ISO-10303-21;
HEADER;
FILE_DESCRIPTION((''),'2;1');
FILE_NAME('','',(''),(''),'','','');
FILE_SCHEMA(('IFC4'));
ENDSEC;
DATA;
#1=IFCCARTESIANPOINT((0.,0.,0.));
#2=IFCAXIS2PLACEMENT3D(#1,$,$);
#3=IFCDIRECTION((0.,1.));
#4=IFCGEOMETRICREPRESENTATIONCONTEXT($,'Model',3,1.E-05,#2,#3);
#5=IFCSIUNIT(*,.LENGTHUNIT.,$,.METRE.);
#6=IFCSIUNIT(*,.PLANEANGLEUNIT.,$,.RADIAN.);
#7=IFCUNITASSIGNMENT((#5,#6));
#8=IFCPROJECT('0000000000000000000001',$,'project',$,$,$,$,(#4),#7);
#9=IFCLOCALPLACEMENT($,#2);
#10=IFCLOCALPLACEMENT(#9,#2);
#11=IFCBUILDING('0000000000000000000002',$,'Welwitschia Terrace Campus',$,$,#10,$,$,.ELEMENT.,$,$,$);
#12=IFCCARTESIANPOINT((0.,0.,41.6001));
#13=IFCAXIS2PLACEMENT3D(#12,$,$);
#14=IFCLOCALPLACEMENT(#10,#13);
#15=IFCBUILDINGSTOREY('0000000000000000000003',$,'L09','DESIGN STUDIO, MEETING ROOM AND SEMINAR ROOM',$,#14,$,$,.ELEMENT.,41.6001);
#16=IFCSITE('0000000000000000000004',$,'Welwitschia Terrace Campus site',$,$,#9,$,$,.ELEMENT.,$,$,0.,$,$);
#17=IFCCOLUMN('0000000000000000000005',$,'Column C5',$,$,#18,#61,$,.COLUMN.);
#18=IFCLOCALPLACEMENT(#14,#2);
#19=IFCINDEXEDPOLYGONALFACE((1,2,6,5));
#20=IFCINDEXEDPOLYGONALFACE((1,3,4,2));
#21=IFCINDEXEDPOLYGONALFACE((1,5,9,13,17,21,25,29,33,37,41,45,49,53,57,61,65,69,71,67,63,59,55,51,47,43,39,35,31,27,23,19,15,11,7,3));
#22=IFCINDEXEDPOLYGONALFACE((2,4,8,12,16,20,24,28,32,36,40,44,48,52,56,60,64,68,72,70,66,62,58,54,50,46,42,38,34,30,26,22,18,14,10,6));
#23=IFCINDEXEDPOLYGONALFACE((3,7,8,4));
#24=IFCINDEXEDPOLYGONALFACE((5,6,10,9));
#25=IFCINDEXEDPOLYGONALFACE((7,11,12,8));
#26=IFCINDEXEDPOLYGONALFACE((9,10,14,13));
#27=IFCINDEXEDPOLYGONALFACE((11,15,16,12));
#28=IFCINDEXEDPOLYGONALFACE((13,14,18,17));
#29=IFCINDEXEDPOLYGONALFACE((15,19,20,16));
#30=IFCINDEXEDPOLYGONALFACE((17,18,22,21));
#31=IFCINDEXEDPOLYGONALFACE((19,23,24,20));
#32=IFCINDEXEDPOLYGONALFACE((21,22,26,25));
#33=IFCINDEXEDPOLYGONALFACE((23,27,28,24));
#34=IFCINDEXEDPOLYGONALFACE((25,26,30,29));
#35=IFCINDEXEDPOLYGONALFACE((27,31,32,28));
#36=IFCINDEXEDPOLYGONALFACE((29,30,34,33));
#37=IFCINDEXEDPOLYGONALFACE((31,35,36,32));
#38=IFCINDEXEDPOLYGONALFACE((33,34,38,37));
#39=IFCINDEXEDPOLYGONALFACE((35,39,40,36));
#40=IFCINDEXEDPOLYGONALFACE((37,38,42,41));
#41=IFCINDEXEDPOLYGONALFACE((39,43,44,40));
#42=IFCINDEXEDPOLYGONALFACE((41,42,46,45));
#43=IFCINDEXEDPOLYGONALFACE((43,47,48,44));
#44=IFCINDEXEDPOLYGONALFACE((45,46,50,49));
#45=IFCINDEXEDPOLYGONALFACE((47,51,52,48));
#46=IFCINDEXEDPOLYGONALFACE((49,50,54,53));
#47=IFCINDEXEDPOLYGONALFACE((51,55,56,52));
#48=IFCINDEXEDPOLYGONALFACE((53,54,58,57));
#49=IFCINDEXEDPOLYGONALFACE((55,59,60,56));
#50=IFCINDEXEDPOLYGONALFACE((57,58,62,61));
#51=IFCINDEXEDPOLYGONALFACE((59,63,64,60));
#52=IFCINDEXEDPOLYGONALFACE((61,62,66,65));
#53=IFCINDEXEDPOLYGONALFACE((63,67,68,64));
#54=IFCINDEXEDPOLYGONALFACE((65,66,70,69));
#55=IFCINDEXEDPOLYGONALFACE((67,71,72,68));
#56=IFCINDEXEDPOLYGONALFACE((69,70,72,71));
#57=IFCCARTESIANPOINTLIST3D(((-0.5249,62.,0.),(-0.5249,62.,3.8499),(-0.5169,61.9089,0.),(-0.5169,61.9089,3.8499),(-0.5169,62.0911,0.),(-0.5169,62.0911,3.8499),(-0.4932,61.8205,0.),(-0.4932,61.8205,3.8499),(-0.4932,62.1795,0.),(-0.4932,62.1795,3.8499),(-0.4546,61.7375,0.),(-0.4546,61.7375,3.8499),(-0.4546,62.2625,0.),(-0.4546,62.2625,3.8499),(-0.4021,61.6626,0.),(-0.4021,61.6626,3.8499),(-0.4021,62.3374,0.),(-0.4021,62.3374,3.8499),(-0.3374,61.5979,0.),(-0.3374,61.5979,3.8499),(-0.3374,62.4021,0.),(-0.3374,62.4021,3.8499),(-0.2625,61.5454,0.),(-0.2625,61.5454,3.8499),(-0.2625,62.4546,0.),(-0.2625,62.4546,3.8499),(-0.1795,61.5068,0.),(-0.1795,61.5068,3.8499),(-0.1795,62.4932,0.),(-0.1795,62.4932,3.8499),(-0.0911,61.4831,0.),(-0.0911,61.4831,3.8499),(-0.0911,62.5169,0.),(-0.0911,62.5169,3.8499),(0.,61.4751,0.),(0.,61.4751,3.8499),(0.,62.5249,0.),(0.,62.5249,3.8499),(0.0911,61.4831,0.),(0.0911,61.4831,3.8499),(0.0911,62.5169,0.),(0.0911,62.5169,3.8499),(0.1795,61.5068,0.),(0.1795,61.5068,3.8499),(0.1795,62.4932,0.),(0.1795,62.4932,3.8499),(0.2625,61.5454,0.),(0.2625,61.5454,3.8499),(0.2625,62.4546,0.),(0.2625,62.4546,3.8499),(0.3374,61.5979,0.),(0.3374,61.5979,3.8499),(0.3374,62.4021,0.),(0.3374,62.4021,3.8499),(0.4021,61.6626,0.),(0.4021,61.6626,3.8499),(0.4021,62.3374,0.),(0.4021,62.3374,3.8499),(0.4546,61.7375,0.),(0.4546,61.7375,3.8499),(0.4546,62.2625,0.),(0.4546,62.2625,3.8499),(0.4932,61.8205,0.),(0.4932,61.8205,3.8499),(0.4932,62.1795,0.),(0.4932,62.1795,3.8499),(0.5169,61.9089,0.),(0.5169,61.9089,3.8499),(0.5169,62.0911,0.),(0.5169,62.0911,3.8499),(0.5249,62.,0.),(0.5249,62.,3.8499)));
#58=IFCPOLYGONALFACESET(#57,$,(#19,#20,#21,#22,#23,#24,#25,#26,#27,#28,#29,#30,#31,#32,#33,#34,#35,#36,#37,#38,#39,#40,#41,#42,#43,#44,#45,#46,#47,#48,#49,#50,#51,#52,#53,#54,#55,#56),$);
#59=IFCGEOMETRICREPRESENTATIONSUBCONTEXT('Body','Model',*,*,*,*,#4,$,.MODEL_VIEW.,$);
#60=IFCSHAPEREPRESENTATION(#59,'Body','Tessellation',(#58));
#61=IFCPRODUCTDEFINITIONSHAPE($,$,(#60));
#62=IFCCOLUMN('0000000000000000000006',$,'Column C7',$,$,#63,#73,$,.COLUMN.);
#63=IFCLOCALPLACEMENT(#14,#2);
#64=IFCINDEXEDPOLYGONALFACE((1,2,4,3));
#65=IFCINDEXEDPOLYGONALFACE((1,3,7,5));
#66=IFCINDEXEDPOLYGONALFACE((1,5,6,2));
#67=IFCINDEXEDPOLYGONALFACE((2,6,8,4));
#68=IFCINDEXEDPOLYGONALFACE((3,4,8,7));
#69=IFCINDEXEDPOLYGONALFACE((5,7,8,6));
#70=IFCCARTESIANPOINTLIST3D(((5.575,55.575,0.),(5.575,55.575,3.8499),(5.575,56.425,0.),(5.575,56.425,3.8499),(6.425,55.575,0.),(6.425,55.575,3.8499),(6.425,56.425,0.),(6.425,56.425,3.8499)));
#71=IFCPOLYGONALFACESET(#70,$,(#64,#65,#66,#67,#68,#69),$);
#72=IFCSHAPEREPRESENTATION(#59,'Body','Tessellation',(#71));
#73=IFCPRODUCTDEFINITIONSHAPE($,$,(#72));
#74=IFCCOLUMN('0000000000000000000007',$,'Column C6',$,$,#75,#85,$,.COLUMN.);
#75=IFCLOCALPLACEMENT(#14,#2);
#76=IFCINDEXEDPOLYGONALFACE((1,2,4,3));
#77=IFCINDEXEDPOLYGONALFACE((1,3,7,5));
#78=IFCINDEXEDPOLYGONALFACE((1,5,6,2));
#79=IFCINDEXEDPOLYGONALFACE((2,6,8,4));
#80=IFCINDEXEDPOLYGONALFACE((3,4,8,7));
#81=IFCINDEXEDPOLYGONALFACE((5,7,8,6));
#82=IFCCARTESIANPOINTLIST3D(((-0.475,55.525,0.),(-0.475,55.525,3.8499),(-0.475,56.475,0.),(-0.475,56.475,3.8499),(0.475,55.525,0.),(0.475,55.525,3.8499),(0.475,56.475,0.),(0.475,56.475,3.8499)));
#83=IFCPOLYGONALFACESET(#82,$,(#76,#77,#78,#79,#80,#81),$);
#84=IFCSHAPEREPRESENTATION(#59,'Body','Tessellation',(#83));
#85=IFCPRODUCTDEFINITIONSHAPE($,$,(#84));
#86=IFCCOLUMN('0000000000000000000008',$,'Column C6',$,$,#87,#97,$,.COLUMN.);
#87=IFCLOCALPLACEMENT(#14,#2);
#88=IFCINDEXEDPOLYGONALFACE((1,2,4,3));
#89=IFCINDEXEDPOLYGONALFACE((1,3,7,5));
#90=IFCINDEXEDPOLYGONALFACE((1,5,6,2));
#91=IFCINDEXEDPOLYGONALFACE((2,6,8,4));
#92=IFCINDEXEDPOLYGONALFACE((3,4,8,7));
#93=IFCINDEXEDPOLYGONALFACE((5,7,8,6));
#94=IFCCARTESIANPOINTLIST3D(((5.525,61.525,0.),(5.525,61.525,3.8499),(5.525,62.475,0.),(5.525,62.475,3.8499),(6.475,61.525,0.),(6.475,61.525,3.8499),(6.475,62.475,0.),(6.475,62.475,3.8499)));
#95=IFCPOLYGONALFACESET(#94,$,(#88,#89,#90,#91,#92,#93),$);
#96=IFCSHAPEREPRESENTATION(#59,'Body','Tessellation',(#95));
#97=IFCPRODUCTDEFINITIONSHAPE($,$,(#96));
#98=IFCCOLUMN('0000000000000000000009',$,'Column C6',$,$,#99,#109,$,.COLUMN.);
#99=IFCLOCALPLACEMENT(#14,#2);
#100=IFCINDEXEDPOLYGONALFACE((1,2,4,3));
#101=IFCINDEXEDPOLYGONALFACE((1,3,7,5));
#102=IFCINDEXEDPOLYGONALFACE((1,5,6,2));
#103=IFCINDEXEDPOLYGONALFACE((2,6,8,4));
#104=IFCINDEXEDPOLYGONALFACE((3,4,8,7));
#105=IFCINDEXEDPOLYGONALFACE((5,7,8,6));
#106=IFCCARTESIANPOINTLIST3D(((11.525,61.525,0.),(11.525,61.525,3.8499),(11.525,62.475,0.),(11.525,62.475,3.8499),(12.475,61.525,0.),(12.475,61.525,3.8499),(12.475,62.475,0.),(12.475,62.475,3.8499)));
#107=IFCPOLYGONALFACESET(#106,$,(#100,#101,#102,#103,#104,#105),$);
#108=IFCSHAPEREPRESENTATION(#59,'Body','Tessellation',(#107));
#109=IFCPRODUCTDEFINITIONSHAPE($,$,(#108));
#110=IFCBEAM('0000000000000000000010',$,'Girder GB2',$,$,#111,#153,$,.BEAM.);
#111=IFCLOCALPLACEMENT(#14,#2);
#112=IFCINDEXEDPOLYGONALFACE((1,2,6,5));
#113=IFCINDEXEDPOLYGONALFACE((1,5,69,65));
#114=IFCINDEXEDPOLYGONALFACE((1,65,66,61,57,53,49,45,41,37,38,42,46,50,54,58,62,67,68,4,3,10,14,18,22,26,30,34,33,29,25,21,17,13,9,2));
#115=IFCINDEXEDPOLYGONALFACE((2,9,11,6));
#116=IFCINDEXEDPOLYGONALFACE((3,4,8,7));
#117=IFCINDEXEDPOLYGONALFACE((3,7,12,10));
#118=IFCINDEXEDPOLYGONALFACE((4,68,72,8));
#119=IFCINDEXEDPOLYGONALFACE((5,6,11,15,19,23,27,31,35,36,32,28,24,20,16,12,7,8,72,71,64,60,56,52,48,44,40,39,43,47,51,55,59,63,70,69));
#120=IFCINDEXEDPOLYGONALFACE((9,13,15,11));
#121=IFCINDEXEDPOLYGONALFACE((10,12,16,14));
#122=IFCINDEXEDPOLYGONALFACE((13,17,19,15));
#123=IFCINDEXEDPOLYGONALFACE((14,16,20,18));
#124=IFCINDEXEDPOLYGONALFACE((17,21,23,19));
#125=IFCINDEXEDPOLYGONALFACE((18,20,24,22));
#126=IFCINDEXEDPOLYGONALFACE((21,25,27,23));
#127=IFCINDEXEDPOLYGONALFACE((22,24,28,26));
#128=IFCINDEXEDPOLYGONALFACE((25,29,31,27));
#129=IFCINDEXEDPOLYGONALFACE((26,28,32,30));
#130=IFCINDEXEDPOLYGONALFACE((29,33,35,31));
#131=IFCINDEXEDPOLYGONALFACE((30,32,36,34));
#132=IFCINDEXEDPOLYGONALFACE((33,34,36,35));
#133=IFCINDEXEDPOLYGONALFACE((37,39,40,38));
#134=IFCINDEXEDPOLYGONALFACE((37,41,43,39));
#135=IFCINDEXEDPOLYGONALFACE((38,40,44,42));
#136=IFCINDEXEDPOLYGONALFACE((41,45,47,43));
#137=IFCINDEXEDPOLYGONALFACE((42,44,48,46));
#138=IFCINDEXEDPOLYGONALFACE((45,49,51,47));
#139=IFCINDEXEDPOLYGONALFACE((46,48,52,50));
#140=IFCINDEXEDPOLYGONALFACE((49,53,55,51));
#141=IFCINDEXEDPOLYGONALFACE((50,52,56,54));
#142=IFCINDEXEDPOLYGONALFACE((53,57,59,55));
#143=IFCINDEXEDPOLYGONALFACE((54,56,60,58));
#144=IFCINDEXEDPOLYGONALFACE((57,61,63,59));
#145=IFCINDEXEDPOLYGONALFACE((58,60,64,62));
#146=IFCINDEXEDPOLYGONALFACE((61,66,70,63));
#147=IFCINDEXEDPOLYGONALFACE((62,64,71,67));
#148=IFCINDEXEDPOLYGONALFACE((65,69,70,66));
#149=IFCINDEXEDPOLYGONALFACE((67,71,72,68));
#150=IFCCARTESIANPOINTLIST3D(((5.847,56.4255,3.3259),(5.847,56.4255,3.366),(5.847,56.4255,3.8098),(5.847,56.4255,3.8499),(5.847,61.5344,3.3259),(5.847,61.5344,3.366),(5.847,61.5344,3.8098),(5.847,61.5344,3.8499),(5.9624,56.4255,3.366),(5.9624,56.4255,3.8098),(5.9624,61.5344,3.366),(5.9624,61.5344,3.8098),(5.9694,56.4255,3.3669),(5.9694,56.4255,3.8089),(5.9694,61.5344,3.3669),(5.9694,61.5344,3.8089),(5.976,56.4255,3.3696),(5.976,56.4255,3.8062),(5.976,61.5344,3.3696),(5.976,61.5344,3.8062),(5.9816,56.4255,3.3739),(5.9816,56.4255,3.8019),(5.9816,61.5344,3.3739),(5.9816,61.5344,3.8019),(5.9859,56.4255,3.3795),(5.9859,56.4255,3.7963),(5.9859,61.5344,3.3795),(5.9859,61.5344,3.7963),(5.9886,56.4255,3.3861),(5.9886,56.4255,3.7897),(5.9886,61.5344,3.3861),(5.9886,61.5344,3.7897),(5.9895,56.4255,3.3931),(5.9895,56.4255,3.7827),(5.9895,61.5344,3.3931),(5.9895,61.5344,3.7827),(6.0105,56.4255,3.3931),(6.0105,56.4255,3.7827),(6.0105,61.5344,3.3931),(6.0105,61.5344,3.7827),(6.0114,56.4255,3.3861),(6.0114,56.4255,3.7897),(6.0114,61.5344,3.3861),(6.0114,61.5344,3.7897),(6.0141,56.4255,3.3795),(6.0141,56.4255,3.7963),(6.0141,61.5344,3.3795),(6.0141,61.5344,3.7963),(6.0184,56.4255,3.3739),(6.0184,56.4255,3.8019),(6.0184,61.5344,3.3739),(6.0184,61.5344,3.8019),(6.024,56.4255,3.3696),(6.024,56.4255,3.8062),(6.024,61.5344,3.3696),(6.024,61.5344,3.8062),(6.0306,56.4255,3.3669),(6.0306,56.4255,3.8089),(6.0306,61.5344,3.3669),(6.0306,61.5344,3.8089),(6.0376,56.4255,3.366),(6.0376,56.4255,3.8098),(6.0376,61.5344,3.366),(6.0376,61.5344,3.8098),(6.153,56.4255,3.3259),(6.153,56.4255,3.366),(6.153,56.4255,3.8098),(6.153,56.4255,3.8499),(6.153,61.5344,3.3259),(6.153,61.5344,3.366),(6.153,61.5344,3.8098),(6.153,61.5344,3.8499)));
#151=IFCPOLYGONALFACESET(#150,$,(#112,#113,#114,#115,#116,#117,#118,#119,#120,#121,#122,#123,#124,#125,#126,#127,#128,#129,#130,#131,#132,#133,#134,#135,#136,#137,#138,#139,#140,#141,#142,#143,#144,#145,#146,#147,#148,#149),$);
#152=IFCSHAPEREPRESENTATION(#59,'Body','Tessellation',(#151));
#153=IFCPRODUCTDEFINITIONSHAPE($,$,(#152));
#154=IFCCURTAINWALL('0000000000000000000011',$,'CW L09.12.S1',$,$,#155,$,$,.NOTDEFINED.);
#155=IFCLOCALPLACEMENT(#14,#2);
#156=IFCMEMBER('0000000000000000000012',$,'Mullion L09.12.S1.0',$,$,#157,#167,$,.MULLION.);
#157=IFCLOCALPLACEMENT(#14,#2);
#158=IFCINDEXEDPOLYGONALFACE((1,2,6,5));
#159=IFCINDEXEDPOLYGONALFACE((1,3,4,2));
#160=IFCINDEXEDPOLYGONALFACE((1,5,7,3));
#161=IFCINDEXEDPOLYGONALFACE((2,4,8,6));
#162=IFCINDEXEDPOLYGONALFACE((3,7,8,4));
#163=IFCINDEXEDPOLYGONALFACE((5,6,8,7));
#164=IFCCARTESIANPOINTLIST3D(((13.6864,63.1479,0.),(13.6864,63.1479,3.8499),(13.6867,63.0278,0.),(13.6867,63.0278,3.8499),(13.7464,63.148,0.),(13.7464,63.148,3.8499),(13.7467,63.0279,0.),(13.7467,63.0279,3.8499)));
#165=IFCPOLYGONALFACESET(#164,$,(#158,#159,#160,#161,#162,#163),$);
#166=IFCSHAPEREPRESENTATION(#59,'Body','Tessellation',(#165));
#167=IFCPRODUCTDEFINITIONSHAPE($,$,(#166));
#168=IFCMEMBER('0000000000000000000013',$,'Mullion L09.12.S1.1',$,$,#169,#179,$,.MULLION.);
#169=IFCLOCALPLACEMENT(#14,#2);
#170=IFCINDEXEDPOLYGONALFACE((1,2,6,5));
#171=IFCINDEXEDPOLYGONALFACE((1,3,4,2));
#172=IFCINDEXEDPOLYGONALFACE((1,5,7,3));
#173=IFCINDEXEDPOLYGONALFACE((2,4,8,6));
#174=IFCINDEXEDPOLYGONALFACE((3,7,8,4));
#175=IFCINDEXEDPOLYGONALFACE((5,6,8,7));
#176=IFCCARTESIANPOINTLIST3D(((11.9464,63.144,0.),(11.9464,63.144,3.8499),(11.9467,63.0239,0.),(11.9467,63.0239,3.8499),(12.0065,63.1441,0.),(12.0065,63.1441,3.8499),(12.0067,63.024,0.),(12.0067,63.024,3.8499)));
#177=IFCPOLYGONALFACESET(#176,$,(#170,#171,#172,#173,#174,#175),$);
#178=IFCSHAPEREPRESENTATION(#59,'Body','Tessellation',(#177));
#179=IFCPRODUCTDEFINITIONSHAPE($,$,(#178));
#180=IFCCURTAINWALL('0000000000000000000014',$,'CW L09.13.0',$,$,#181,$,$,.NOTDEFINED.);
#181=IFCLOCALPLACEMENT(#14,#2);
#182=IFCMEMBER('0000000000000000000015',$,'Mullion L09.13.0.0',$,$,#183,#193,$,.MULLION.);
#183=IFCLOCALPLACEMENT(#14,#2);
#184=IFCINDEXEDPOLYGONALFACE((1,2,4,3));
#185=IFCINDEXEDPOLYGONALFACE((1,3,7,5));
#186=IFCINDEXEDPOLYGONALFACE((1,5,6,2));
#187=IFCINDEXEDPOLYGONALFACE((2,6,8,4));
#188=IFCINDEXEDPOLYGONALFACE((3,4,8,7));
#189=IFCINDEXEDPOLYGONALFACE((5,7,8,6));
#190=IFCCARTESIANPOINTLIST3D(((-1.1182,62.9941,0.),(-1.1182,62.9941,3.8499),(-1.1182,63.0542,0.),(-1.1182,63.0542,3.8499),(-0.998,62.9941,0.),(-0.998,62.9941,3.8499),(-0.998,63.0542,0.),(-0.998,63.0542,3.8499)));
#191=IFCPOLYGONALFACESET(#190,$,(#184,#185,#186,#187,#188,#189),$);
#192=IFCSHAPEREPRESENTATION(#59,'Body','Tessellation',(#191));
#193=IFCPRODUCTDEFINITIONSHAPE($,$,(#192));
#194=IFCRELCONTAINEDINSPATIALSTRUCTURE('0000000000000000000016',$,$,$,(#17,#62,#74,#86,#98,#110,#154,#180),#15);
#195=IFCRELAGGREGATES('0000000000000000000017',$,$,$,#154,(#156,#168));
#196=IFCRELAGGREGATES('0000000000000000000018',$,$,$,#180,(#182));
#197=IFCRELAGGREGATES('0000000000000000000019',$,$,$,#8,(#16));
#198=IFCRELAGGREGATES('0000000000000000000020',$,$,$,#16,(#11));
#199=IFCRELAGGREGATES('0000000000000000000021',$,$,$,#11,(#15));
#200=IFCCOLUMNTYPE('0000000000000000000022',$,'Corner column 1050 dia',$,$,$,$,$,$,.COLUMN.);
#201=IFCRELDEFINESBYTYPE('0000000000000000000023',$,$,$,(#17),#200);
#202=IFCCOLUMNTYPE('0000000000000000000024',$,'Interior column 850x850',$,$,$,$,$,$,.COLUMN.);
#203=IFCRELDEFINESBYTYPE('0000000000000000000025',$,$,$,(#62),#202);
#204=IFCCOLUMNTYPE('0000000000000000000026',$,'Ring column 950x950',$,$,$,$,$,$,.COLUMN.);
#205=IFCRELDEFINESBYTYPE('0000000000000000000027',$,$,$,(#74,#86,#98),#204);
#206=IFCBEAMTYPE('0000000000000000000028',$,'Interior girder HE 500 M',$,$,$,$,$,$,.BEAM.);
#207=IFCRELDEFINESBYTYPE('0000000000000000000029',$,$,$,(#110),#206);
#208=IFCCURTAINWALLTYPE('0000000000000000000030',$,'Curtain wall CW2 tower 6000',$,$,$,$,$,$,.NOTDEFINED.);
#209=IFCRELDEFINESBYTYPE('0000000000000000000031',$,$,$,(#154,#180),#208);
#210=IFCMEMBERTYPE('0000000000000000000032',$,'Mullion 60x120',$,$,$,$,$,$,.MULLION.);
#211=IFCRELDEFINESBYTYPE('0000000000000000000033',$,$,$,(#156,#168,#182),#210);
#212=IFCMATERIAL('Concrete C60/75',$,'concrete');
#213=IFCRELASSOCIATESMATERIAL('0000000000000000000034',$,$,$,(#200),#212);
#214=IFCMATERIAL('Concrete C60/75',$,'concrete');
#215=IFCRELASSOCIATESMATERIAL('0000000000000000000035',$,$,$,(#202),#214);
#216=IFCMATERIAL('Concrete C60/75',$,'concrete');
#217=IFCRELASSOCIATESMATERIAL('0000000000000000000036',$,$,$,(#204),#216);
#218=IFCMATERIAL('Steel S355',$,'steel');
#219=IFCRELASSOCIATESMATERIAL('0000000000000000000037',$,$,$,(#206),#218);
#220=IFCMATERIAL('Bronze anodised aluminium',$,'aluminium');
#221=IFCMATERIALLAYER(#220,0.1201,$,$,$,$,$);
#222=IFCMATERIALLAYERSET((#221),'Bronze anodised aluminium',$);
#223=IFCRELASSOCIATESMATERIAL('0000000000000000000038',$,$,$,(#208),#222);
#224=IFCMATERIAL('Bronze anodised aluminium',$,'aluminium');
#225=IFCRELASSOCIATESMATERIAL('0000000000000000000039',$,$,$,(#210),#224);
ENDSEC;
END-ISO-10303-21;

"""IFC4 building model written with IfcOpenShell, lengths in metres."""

from ifc_helpers import new_model, si_unit, direction, frame, origin, origin_2d, place, context, subcontext, project, spatial, rectangle, circle, i_section, extrude, material, layer, layer_set, material_profile, profile_set, type_object, element, aggregate, save


model = new_model("IFC4")

# Units and contexts
model_context = context("Model", 3, precision=1e-05, world=origin(), true_north=direction((0.0, 1.0)))
body_context = subcontext(model_context, "Body", "Model", "MODEL_VIEW")
ifc_project = project(units=[si_unit("LENGTHUNIT", "METRE"), si_unit("PLANEANGLEUNIT", "RADIAN")], contexts=[model_context])

# Site, building, storey
site_placement = place(None, origin())
site = spatial("IfcSite", under=ifc_project, at=site_placement, Name="Welwitschia Terrace Campus site", CompositionType="ELEMENT", RefElevation=0.0)
building_placement = place(site_placement, origin())
building = spatial("IfcBuilding", under=site, at=building_placement, Name="Welwitschia Terrace Campus", CompositionType="ELEMENT")
storey_placement = place(building_placement, frame((0.0, 0.0, 41.6001)))
storey = spatial("IfcBuildingStorey", under=building, at=storey_placement, Name="L09", Description="DESIGN STUDIO, MEETING ROOM AND SEMINAR ROOM", CompositionType="ELEMENT", Elevation=41.6001)

# Columns
ifc_material_1 = material(Name="Concrete C60/75", Category="concrete")
ifc_material_profile_1 = material_profile(ifc_material_1, circle(Radius=0.5249, at=origin_2d()))
ifc_profile_set_1 = profile_set([ifc_material_profile_1], Name="Concrete C60/75")
column_type_1 = type_object("IfcColumnType", Name="Corner column 1050 dia", PredefinedType="COLUMN", material=ifc_profile_set_1)
column_1_placement = place(storey_placement, frame((0.0, 62.0, 0.0), z_axis=(0.0, 0.0, 1.0), x_axis=(1.0, 0.0, 0.0)))
element("IfcColumn", 1, at=column_1_placement, inside=storey, type_object=column_type_1, Name="Column C5", PredefinedType="COLUMN", context=body_context, shape_type="SweptSolid", body=[
    extrude(circle(Radius=0.5249, at=origin_2d()), origin(), (0.0, 0.0, 1.0), 3.8499),
])
ifc_material_2 = material(Name="Concrete C60/75", Category="concrete")
ifc_material_profile_2 = material_profile(ifc_material_2, rectangle(XDim=0.8501, YDim=0.8501, at=origin_2d()))
ifc_profile_set_2 = profile_set([ifc_material_profile_2], Name="Concrete C60/75")
column_type_2 = type_object("IfcColumnType", Name="Interior column 850x850", PredefinedType="COLUMN", material=ifc_profile_set_2)
column_2_placement = place(storey_placement, frame((6.0, 56.0, 0.0), z_axis=(0.0, 0.0, 1.0), x_axis=(1.0, 0.0, 0.0)))
element("IfcColumn", 2, at=column_2_placement, inside=storey, type_object=column_type_2, Name="Column C7", PredefinedType="COLUMN", context=body_context, shape_type="SweptSolid", body=[
    extrude(rectangle(XDim=0.8501, YDim=0.8501, at=origin_2d()), origin(), (0.0, 0.0, 1.0), 3.8499),
])
ifc_material_3 = material(Name="Concrete C60/75", Category="concrete")
ifc_material_profile_3 = material_profile(ifc_material_3, rectangle(XDim=0.95, YDim=0.95, at=origin_2d()))
ifc_profile_set_3 = profile_set([ifc_material_profile_3], Name="Concrete C60/75")
column_type_3 = type_object("IfcColumnType", Name="Ring column 950x950", PredefinedType="COLUMN", material=ifc_profile_set_3)
for number, where, z_axis, x_axis, name in (
    (3, (0.0, 56.0, 0.0), (0.0, 0.0, 1.0), (1.0, 0.0, 0.0), "Column C6"),
    (4, (6.0, 62.0, 0.0), (0.0, 0.0, 1.0), (1.0, 0.0, 0.0), "Column C6"),
    (5, (12.0, 62.0, 0.0), (0.0, 0.0, 1.0), (1.0, 0.0, 0.0), "Column C6"),
):
    element("IfcColumn", number, at=place(storey_placement, frame(where, z_axis=z_axis, x_axis=x_axis)), inside=storey, type_object=column_type_3, Name=name, PredefinedType="COLUMN", context=body_context, shape_type="SweptSolid", body=[
        extrude(rectangle(XDim=0.95, YDim=0.95, at=origin_2d()), origin(), (0.0, 0.0, 1.0), 3.8499),
    ])

# Beam
ifc_material_4 = material(Name="Steel S355", Category="steel")
ifc_material_profile_4 = material_profile(ifc_material_4, i_section(OverallWidth=0.3059, OverallDepth=0.5239, WebThickness=0.021, FlangeThickness=0.04, FilletRadius=0.0271, at=origin_2d()))
ifc_profile_set_4 = profile_set([ifc_material_profile_4], Name="Steel S355")
beam_type_1 = type_object("IfcBeamType", Name="Interior girder HE 500 M", PredefinedType="BEAM", material=ifc_profile_set_4)
beam_1_placement = place(storey_placement, frame((6.0, 56.4255, 3.5879), z_axis=(0.0, 1.0, 0.0), x_axis=(-1.0, 0.0, 0.0)))
element("IfcBeam", 6, at=beam_1_placement, inside=storey, type_object=beam_type_1, Name="Girder GB2", PredefinedType="BEAM", context=body_context, shape_type="SweptSolid", body=[
    extrude(i_section(OverallWidth=0.3059, OverallDepth=0.5239, WebThickness=0.021, FlangeThickness=0.04, FilletRadius=0.0271, at=origin_2d()), origin(), (0.0, 0.0, 1.0), 5.1089),
])

# Curtain walls, members
ifc_material_5 = material(Name="Bronze anodised aluminium", Category="aluminium")
ifc_layer_1 = layer(ifc_material_5, 0.1201)
ifc_layer_set_1 = layer_set([ifc_layer_1], Name="Bronze anodised aluminium")
curtain_wall_type = type_object("IfcCurtainWallType", Name="Curtain wall CW2 tower 6000", PredefinedType="NOTDEFINED", material=ifc_layer_set_1)
curtain_wall_1_placement = place(storey_placement, origin())
curtain_wall_1 = element("IfcCurtainWall", 7, at=curtain_wall_1_placement, inside=storey, type_object=curtain_wall_type, Name="CW L09.12.S1", PredefinedType="NOTDEFINED")
ifc_material_6 = material(Name="Bronze anodised aluminium", Category="aluminium")
ifc_material_profile_5 = material_profile(ifc_material_6, rectangle(XDim=0.1201, YDim=0.0601, at=origin_2d()))
ifc_profile_set_5 = profile_set([ifc_material_profile_5], Name="Bronze anodised aluminium")
member_type_1 = type_object("IfcMemberType", Name="Mullion 60x120", PredefinedType="MULLION", material=ifc_profile_set_5)
member_1_placement = place(storey_placement, frame((13.7166, 63.0879, 0.0), z_axis=(0.0, 0.0, 1.0), x_axis=(0.002277, -0.999997, 0.0)))
member_1 = element("IfcMember", 8, at=member_1_placement, type_object=member_type_1, Name="Mullion L09.12.S1.0", PredefinedType="MULLION", context=body_context, shape_type="SweptSolid", body=[
    extrude(rectangle(XDim=0.1201, YDim=0.0601, at=origin_2d()), origin(), (0.0, 0.0, 1.0), 3.8499),
])
member_2_placement = place(storey_placement, frame((11.9766, 63.084, 0.0), z_axis=(0.0, 0.0, 1.0), x_axis=(0.002277, -0.999997, 0.0)))
member_2 = element("IfcMember", 9, at=member_2_placement, type_object=member_type_1, Name="Mullion L09.12.S1.1", PredefinedType="MULLION", context=body_context, shape_type="SweptSolid", body=[
    extrude(rectangle(XDim=0.1201, YDim=0.0601, at=origin_2d()), origin(), (0.0, 0.0, 1.0), 3.8499),
])
curtain_wall_2_placement = place(storey_placement, origin())
curtain_wall_2 = element("IfcCurtainWall", 10, at=curtain_wall_2_placement, inside=storey, type_object=curtain_wall_type, Name="CW L09.13.0", PredefinedType="NOTDEFINED")
member_3_placement = place(storey_placement, frame((-1.0581, 63.0242, 0.0), z_axis=(0.0, 0.0, 1.0), x_axis=(1.0, 0.0, 0.0)))
member_3 = element("IfcMember", 11, at=member_3_placement, type_object=member_type_1, Name="Mullion L09.13.0.0", PredefinedType="MULLION", context=body_context, shape_type="SweptSolid", body=[
    extrude(rectangle(XDim=0.1201, YDim=0.0601, at=origin_2d()), origin(), (0.0, 0.0, 1.0), 3.8499),
])

aggregate(curtain_wall_1, [member_1, member_2])
aggregate(curtain_wall_2, [member_3])

save(model, "model.ifc")
